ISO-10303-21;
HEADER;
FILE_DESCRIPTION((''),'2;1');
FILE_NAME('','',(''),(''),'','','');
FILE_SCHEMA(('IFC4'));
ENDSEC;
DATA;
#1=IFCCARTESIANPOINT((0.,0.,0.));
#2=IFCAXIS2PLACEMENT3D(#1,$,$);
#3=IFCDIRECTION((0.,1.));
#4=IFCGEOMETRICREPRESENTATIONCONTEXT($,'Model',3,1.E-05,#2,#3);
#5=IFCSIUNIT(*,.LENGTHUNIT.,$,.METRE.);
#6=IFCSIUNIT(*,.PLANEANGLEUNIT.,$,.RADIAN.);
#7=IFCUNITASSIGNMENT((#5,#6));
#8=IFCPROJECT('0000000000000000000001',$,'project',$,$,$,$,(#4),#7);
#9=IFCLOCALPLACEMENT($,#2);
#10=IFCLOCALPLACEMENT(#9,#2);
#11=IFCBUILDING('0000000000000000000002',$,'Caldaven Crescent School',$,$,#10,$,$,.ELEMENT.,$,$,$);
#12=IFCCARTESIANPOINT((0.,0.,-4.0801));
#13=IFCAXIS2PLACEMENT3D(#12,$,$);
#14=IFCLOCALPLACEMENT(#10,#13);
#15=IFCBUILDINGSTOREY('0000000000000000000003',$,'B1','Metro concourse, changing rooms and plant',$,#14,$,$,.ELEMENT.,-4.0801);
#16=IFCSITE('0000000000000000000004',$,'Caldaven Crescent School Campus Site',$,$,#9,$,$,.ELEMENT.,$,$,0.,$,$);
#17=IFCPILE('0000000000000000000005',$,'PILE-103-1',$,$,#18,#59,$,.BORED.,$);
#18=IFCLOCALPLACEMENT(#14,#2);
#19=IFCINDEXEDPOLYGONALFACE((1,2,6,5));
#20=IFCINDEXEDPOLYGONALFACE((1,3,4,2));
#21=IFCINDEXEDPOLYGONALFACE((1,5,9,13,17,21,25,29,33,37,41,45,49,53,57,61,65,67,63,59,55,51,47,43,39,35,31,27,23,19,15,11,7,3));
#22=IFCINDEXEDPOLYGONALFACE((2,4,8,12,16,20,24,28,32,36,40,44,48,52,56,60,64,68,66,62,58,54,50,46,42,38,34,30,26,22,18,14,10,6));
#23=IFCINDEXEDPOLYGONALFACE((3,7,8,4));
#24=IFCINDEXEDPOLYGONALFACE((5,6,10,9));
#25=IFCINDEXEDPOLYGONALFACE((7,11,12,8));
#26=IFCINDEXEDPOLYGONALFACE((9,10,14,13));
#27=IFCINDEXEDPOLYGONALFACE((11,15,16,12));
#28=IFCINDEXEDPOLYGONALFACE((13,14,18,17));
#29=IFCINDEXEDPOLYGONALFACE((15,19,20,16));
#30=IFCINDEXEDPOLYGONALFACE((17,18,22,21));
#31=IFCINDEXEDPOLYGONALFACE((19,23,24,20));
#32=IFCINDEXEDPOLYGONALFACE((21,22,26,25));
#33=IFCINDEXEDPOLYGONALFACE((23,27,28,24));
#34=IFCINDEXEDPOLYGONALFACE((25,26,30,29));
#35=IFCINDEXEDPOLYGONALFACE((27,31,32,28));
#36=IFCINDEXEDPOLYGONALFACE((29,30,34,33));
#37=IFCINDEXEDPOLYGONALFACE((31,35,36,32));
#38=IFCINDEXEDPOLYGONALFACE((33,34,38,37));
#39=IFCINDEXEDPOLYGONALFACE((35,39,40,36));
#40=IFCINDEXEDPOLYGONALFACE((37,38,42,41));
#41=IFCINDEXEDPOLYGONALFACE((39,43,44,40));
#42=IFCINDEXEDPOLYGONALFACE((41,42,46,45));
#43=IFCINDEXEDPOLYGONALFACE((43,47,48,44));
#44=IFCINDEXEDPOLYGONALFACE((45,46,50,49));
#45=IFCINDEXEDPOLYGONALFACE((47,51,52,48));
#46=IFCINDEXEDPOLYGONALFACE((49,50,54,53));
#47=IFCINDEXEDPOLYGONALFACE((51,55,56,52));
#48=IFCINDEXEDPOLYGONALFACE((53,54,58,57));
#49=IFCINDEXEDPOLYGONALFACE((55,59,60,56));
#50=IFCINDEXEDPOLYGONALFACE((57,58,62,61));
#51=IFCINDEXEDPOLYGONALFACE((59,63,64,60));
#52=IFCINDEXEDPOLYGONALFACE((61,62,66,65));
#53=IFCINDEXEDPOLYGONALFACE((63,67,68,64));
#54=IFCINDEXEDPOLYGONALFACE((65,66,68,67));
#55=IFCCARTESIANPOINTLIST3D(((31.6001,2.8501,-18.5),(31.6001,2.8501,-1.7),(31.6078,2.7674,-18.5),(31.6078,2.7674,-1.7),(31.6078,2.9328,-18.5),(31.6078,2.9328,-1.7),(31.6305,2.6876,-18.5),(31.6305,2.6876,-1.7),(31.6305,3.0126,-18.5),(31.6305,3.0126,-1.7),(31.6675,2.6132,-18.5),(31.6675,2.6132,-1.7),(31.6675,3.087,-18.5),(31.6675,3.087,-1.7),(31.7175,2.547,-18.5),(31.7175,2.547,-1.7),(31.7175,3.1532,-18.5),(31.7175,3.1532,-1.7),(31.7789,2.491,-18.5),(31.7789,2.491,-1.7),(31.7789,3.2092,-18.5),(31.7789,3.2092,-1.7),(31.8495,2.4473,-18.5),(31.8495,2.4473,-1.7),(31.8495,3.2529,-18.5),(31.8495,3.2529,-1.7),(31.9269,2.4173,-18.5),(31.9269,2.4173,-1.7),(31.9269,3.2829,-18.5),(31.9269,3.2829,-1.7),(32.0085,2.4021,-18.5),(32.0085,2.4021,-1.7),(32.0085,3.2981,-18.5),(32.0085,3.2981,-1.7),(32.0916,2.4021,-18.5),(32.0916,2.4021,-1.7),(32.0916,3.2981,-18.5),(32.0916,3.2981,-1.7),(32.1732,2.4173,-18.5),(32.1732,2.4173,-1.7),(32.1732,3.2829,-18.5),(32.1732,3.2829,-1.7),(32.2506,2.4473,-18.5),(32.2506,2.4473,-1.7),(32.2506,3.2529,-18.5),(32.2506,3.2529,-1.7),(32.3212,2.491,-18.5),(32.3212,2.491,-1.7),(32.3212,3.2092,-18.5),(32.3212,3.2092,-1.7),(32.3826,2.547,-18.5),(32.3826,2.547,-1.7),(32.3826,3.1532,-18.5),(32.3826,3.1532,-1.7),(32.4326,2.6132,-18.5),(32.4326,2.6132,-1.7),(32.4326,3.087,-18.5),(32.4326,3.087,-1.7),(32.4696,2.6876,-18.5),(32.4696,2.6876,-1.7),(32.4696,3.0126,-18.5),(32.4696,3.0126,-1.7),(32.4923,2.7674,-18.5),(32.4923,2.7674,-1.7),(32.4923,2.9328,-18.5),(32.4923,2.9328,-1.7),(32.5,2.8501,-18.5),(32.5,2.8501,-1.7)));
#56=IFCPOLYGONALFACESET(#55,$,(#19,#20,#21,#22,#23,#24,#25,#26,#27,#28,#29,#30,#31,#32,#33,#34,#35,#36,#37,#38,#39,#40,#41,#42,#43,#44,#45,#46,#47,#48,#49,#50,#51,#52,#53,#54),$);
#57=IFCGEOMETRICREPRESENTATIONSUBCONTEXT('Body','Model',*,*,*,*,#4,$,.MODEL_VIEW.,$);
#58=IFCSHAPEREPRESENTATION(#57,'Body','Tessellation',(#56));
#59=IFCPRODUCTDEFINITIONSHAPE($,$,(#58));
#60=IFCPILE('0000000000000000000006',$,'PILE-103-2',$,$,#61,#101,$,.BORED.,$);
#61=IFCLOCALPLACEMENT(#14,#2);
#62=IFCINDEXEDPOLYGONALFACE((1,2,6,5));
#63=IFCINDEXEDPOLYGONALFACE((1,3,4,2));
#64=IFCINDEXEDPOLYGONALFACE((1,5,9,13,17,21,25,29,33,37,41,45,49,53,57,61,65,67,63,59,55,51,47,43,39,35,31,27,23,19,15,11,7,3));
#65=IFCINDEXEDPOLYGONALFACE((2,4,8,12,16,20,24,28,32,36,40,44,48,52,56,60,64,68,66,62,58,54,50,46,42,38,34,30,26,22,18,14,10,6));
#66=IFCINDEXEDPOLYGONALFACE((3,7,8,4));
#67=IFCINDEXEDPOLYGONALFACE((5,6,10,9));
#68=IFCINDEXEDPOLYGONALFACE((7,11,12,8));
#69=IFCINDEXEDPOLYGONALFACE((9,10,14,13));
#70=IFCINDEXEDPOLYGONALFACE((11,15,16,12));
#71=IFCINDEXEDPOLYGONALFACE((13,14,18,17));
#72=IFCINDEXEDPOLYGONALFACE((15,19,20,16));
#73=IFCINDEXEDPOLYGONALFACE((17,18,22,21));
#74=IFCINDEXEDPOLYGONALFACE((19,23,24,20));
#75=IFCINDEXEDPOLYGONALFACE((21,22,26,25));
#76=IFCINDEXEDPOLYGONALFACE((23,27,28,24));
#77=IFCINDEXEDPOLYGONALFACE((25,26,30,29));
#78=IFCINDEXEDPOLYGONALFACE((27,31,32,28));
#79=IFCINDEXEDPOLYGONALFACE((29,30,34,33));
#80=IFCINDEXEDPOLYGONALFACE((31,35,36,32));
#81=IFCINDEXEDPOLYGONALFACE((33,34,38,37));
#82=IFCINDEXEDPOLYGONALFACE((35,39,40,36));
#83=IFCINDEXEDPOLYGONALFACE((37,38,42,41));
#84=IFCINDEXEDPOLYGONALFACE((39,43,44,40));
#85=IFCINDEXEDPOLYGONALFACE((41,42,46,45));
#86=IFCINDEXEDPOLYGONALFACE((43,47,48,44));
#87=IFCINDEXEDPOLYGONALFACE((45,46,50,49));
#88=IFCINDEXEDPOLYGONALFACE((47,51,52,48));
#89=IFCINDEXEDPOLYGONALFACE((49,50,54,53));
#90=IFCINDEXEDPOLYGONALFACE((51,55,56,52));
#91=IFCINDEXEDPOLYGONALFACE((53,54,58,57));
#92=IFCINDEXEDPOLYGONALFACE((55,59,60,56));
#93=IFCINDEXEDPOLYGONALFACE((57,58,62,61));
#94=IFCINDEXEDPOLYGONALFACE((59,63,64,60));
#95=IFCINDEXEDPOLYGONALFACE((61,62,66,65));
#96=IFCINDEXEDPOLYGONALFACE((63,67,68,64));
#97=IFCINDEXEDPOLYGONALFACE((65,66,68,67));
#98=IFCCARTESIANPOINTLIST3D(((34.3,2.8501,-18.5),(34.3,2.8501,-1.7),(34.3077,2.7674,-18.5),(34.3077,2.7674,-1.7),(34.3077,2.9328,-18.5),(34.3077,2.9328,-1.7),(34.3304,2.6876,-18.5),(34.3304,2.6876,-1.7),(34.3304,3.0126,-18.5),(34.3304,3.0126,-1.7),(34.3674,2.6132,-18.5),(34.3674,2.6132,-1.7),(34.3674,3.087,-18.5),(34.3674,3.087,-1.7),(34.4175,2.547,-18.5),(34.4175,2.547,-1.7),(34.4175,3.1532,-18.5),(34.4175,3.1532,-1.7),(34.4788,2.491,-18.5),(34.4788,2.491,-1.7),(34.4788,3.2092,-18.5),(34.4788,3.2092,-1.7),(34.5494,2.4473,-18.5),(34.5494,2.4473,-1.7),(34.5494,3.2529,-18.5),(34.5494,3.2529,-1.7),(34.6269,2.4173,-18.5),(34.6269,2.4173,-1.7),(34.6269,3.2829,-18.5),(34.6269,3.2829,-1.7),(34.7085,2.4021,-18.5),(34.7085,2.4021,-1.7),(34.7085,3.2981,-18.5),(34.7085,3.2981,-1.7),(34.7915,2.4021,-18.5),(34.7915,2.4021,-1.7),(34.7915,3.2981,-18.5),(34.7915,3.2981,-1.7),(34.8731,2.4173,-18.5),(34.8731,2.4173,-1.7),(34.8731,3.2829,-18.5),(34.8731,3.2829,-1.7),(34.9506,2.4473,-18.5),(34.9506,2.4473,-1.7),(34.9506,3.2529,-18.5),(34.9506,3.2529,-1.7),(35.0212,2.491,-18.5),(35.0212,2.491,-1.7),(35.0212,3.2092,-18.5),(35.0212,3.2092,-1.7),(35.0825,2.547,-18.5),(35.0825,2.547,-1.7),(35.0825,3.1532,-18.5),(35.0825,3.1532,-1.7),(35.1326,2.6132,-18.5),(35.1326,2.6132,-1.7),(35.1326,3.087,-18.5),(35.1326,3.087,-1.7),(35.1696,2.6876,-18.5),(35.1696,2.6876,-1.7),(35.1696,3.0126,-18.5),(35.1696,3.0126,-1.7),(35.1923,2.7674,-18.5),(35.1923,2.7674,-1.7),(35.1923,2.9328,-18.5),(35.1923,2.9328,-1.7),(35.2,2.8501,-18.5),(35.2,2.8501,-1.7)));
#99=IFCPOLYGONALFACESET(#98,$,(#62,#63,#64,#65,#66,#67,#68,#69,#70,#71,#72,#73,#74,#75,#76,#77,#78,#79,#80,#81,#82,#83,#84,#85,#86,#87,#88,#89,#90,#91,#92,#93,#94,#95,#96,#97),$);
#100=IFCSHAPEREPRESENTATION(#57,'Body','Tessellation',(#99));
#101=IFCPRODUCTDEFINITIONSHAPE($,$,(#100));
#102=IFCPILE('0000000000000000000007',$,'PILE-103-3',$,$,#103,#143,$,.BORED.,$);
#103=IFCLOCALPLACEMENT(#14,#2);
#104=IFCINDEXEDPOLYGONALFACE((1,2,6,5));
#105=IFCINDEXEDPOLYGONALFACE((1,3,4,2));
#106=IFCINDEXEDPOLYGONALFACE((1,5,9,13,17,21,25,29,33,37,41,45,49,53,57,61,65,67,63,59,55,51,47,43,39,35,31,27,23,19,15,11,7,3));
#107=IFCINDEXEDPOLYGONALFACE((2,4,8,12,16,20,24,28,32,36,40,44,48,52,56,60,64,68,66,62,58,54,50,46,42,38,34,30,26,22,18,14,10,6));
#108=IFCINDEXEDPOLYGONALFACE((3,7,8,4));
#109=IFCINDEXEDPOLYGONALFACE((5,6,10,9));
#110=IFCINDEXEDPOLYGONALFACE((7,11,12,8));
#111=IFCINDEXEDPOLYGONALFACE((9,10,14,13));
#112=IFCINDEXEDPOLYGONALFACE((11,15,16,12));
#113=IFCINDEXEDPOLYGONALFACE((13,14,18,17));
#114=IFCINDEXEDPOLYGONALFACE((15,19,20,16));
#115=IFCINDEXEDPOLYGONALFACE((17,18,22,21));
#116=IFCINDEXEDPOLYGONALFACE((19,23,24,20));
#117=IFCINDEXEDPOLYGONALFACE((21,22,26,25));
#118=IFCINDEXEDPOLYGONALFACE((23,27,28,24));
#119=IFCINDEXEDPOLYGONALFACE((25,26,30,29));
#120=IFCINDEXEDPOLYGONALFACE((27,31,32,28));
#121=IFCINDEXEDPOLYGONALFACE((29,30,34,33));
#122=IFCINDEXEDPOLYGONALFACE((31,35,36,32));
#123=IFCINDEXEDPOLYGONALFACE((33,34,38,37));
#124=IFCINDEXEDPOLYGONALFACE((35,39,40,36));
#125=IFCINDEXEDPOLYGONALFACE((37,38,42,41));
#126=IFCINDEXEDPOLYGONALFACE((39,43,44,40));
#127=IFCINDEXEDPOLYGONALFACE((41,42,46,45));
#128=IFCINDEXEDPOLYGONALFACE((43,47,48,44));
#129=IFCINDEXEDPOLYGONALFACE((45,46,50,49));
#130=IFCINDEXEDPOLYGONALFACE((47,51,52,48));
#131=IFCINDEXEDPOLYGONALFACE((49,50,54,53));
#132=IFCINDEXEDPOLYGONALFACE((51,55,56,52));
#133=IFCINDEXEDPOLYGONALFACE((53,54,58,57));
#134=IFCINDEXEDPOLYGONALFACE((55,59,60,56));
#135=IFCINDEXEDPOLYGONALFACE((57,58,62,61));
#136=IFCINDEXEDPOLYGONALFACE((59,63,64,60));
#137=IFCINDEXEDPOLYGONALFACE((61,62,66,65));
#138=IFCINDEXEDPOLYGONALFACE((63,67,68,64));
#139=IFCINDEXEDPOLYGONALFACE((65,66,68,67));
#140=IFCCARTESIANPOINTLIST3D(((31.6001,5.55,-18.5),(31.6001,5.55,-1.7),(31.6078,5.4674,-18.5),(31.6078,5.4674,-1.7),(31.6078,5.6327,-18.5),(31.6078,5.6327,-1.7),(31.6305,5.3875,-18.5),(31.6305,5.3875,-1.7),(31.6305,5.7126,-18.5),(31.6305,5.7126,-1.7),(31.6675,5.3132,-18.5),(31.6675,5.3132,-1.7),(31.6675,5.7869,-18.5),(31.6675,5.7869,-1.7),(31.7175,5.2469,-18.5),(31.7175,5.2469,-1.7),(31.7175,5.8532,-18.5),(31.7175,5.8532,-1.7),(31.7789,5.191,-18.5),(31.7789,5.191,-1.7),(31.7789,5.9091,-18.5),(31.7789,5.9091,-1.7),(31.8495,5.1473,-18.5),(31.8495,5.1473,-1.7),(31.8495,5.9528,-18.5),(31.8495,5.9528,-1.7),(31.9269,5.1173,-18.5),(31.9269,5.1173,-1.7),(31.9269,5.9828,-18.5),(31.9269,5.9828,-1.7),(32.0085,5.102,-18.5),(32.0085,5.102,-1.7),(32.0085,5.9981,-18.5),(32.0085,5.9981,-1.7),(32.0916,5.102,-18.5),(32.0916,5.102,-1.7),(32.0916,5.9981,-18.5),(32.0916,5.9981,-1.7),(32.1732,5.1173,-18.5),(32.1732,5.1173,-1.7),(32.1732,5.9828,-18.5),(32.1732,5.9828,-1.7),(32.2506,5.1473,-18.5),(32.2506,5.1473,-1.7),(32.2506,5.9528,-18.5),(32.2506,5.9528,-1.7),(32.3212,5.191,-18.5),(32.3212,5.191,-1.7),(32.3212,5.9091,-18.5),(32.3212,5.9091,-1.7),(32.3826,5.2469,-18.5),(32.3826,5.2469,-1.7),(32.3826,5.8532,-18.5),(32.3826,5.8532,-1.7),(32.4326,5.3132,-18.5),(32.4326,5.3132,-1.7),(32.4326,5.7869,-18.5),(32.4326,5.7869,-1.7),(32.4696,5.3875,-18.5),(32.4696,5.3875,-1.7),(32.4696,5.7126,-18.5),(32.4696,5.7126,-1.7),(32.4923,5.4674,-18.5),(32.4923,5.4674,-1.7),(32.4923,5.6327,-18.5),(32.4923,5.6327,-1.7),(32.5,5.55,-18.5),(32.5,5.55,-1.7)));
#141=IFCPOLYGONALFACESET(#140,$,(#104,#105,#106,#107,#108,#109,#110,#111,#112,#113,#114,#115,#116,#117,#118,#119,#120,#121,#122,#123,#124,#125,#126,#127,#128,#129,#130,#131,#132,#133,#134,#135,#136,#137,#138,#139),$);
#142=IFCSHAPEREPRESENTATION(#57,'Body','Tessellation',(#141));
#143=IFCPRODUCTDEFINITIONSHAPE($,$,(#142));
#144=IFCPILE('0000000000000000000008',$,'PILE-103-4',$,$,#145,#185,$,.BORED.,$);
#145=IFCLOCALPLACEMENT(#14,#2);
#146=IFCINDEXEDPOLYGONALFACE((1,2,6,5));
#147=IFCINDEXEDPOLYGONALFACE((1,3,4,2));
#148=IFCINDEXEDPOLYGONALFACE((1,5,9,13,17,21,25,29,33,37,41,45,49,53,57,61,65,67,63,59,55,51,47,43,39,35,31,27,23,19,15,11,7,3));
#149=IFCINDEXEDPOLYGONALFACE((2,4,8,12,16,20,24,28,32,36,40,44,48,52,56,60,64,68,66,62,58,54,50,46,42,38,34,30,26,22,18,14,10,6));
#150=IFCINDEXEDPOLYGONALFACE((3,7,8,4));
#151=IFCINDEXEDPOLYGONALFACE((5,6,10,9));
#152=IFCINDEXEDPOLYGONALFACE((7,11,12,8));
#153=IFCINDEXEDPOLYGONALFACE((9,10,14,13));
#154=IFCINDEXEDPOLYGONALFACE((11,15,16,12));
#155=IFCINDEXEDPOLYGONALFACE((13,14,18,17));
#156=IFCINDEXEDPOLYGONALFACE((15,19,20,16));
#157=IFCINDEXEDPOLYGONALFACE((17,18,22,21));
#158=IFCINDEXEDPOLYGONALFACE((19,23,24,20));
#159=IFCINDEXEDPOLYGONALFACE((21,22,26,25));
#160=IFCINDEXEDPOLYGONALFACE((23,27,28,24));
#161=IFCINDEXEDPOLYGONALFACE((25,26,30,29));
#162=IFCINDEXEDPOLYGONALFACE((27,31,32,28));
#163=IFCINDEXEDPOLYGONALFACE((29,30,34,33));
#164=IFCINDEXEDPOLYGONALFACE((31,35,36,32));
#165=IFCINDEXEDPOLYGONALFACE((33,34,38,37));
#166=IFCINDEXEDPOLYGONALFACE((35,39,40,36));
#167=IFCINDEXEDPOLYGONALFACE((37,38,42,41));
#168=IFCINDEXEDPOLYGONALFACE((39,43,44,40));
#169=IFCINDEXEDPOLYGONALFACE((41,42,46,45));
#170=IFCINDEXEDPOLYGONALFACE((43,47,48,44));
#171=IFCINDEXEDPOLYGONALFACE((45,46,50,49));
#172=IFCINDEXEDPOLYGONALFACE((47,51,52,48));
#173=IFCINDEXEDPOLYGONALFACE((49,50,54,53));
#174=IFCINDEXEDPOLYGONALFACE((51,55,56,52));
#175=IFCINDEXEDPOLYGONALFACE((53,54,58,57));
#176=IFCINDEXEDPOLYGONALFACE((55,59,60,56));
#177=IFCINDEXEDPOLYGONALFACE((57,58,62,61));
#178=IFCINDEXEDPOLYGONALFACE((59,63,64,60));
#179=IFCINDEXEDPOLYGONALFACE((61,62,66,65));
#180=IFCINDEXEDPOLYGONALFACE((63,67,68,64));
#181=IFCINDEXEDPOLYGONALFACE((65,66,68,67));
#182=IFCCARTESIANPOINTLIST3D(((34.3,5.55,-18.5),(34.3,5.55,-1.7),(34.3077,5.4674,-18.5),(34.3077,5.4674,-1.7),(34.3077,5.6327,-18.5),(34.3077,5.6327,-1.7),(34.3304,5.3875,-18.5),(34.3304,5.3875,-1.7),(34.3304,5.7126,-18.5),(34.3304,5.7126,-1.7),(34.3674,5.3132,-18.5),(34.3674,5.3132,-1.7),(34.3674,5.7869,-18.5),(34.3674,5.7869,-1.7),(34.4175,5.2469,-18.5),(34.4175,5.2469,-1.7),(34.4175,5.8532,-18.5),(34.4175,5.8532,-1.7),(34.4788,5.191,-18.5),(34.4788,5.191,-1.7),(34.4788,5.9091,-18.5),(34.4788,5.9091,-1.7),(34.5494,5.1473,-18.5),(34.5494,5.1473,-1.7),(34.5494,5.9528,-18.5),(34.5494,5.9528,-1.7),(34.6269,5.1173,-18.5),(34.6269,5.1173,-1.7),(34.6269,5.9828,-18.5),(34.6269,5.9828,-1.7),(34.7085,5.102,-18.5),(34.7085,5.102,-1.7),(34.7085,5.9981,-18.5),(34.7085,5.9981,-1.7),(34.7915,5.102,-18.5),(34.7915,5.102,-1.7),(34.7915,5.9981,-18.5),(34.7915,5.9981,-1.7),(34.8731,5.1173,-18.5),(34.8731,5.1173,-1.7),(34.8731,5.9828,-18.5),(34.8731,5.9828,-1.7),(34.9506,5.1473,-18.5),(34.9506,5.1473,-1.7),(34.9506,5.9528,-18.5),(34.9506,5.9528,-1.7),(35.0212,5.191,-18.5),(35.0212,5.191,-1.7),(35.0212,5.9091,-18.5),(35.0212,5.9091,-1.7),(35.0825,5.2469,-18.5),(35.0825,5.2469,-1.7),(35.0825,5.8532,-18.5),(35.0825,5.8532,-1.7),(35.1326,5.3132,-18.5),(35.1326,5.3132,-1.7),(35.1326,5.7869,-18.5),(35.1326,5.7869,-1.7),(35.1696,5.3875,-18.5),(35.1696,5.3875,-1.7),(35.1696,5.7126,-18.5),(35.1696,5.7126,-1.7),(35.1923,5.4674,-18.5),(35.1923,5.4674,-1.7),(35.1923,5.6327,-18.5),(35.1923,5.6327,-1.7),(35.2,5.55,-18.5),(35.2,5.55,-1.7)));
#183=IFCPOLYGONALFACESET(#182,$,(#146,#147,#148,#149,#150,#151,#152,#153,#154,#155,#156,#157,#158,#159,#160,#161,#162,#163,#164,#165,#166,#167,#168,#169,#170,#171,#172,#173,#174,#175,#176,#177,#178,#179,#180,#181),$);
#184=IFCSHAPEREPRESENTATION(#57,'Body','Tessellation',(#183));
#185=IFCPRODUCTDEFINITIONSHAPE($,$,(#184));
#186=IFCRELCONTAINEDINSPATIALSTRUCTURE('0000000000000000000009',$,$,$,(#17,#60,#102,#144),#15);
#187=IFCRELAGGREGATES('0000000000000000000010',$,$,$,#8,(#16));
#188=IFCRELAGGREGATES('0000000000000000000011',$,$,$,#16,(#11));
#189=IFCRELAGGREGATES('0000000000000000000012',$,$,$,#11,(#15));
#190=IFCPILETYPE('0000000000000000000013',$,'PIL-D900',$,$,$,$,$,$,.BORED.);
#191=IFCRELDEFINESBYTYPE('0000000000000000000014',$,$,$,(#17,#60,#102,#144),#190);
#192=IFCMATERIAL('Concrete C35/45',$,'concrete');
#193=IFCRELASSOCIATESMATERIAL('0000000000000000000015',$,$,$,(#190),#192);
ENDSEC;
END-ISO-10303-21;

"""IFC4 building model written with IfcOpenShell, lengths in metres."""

from ifc_helpers import new_model, si_unit, direction, frame, origin, origin_2d, place, context, subcontext, project, spatial, circle, extrude, material, material_profile, profile_set, type_object, element, save


model = new_model("IFC4")

# Units and contexts
model_context = context("Model", 3, precision=1e-05, world=origin(), true_north=direction((0.0, 1.0)))
body_context = subcontext(model_context, "Body", "Model", "MODEL_VIEW")
ifc_project = project(units=[si_unit("LENGTHUNIT", "METRE"), si_unit("PLANEANGLEUNIT", "RADIAN")], contexts=[model_context])

# Site, building, storey
site_placement = place(None, origin())
site = spatial("IfcSite", under=ifc_project, at=site_placement, Name="Caldaven Crescent School Campus Site", CompositionType="ELEMENT", RefElevation=0.0)
building_placement = place(site_placement, origin())
building = spatial("IfcBuilding", under=site, at=building_placement, Name="Caldaven Crescent School", CompositionType="ELEMENT")
storey_placement = place(building_placement, frame((0.0, 0.0, -4.0801)))
storey = spatial("IfcBuildingStorey", under=building, at=storey_placement, Name="B1", Description="Metro concourse, changing rooms and plant", CompositionType="ELEMENT", Elevation=-4.0801)

# Shared definitions
ifc_material_1 = material(Name="Concrete C35/45", Category="concrete")

# Piles
ifc_material_profile_1 = material_profile(ifc_material_1, circle(Radius=0.45, at=origin_2d()), Name="PILE D900")
ifc_profile_set_1 = profile_set([ifc_material_profile_1], Name="Concrete C35/45")
pile_type_1 = type_object("IfcPileType", Name="PIL-D900", PredefinedType="BORED", material=ifc_profile_set_1)
for number, where, z_axis, x_axis, name in (
    (1, (32.05, 2.8501, -1.7), (0.0, 0.0, -1.0), (1.0, 0.0, 0.0), "PILE-103-1"),
    (2, (34.75, 2.8501, -1.7), (0.0, 0.0, -1.0), (1.0, 0.0, 0.0), "PILE-103-2"),
    (3, (32.05, 5.55, -1.7), (0.0, 0.0, -1.0), (1.0, 0.0, 0.0), "PILE-103-3"),
    (4, (34.75, 5.55, -1.7), (0.0, 0.0, -1.0), (1.0, 0.0, 0.0), "PILE-103-4"),
):
    element("IfcPile", number, at=place(storey_placement, frame(where, z_axis=z_axis, x_axis=x_axis)), inside=storey, type_object=pile_type_1, Name=name, PredefinedType="BORED", context=body_context, shape_type="SweptSolid", body=[
        extrude(circle(Radius=0.45, at=origin_2d()), origin(), (0.0, 0.0, 1.0), 16.8),
    ])

save(model, "model.ifc")
